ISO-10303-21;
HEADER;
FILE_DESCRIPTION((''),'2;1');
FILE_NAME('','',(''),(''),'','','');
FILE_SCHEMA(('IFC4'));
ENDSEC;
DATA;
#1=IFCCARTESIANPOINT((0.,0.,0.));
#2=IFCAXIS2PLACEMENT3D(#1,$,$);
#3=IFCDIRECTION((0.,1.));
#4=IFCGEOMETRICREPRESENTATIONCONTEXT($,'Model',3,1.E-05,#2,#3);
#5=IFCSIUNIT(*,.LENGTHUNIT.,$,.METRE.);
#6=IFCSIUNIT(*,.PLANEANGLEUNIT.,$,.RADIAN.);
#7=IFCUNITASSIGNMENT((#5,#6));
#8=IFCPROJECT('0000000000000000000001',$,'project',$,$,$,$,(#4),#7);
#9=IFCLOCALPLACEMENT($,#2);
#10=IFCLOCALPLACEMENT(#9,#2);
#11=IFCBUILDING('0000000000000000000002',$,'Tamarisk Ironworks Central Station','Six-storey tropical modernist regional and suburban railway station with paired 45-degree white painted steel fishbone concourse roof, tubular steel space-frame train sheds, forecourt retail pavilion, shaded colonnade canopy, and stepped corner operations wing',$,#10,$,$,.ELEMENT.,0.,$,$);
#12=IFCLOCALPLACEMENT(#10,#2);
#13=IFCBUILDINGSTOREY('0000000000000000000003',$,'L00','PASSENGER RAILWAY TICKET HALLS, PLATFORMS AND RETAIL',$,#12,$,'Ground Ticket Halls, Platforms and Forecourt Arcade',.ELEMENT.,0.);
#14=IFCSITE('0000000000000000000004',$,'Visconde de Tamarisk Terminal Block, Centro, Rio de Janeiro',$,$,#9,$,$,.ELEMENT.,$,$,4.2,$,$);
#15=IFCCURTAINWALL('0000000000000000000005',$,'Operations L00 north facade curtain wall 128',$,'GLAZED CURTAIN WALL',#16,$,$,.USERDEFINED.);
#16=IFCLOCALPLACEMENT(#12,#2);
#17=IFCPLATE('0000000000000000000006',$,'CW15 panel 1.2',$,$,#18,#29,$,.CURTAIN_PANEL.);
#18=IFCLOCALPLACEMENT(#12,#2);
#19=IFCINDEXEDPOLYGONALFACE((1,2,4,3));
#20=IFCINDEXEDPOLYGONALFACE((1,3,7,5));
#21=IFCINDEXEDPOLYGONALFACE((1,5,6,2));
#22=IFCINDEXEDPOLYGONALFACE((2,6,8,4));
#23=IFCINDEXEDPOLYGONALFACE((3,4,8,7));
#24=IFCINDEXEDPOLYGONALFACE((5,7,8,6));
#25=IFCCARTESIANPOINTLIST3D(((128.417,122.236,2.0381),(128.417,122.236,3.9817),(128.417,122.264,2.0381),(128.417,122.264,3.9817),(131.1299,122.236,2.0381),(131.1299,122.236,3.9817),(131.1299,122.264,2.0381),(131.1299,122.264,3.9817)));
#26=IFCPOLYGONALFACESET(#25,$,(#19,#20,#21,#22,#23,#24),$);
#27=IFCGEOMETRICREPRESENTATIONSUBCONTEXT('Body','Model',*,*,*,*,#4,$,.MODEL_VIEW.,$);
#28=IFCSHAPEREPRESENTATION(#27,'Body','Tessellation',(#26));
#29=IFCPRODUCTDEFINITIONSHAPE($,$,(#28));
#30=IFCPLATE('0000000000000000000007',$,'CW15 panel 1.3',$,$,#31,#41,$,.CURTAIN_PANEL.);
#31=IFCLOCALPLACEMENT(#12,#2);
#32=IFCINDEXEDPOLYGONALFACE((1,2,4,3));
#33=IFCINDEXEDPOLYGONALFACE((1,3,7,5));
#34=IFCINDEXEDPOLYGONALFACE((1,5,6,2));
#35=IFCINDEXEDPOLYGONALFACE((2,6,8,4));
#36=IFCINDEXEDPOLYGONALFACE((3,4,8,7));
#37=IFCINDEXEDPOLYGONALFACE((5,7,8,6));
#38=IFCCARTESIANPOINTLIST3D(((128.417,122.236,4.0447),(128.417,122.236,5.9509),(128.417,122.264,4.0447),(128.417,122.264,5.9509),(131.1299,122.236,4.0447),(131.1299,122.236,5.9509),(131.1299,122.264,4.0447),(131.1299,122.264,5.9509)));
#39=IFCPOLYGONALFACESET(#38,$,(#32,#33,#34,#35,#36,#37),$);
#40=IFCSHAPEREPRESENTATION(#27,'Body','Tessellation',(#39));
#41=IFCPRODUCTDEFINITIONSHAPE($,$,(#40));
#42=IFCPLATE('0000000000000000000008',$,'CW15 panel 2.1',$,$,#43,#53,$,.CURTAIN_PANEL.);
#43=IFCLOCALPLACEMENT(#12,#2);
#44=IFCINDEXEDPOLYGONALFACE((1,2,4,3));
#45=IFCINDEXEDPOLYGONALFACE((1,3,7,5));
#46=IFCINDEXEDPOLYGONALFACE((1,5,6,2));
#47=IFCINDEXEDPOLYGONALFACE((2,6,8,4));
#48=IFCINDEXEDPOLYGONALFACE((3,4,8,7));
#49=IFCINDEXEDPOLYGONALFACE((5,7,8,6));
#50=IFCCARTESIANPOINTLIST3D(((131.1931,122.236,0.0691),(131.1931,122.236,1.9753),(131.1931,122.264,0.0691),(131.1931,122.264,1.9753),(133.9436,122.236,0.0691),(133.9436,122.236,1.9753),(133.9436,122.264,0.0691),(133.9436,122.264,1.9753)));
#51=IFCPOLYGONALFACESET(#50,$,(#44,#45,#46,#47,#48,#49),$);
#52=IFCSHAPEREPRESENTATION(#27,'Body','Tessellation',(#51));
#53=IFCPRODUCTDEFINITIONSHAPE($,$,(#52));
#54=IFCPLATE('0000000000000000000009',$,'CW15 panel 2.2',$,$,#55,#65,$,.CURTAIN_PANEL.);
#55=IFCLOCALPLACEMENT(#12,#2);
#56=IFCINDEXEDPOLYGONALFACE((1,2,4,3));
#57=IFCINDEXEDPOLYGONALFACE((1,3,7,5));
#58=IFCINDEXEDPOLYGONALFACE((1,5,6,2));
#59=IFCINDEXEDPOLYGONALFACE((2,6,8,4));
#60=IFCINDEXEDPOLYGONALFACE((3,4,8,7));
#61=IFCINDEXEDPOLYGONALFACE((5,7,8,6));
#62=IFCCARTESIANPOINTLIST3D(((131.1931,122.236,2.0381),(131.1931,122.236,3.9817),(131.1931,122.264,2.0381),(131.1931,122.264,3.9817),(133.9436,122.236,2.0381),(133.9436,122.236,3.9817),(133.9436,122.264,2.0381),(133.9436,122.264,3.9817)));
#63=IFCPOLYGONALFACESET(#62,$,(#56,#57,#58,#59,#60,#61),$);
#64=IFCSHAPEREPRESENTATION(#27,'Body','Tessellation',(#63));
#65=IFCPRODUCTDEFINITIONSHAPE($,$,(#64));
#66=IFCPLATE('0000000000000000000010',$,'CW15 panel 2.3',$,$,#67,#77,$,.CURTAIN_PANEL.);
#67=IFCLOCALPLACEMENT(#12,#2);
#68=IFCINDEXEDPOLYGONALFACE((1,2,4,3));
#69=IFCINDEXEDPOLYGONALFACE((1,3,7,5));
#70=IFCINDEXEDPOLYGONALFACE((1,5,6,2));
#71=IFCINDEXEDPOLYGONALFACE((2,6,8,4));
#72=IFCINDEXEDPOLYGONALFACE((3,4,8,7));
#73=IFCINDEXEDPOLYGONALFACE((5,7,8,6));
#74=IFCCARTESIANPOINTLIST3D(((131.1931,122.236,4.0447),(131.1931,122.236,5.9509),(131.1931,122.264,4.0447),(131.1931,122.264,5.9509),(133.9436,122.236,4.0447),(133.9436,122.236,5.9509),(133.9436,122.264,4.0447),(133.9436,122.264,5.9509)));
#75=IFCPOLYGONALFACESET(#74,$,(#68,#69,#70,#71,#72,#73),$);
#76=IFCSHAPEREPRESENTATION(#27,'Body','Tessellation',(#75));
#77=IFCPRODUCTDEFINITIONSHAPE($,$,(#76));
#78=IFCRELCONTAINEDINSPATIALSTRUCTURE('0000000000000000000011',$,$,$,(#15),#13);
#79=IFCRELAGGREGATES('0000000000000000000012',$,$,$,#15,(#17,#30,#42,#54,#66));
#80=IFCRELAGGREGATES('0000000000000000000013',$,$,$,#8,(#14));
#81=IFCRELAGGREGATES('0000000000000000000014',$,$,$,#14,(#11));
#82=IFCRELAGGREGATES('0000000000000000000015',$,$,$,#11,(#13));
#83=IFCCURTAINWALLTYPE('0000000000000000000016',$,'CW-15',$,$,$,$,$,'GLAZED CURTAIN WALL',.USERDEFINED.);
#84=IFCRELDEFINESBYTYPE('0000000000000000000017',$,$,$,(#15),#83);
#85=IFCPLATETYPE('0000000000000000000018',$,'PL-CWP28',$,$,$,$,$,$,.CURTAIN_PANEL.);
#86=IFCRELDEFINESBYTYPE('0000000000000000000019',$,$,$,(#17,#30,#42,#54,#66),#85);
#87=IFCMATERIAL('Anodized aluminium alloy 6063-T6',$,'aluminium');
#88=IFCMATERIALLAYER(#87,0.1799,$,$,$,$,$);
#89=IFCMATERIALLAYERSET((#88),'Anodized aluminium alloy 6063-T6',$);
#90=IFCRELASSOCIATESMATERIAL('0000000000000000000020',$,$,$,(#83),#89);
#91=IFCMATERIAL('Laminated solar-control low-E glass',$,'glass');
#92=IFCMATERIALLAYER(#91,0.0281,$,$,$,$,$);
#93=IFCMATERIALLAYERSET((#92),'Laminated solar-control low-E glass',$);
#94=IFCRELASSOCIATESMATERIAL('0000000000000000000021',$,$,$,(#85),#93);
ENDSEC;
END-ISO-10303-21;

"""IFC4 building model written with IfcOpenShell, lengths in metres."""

from ifc_helpers import new_model, si_unit, direction, frame, origin, origin_2d, place, context, subcontext, project, spatial, rectangle, extrude, material, layer, layer_set, type_object, element, aggregate, save


model = new_model("IFC4")

# Units and contexts
model_context = context("Model", 3, precision=1e-05, world=origin(), true_north=direction((0.0, 1.0)))
body_context = subcontext(model_context, "Body", "Model", "MODEL_VIEW")
ifc_project = project(units=[si_unit("LENGTHUNIT", "METRE"), si_unit("PLANEANGLEUNIT", "RADIAN")], contexts=[model_context])

# Site, building, storey
site_placement = place(None, origin())
site = spatial("IfcSite", under=ifc_project, at=site_placement, Name="Visconde de Tamarisk Terminal Block, Centro, Rio de Janeiro", CompositionType="ELEMENT", RefElevation=4.2)
building_placement = place(site_placement, origin())
building = spatial("IfcBuilding", under=site, at=building_placement, Name="Tamarisk Ironworks Central Station", Description="Six-storey tropical modernist regional and suburban railway station with paired 45-degree white painted steel fishbone concourse roof, tubular steel space-frame train sheds, forecourt retail pavilion, shaded colonnade canopy, and stepped corner operations wing", CompositionType="ELEMENT", ElevationOfRefHeight=0.0)
storey_placement = place(building_placement, origin())
storey = spatial("IfcBuildingStorey", under=building, at=storey_placement, Name="L00", Description="PASSENGER RAILWAY TICKET HALLS, PLATFORMS AND RETAIL", LongName="Ground Ticket Halls, Platforms and Forecourt Arcade", CompositionType="ELEMENT", Elevation=0.0)

# Curtain wall, plates
ifc_material_1 = material(Name="Anodized aluminium alloy 6063-T6", Category="aluminium")
ifc_layer_1 = layer(ifc_material_1, 0.1799)
ifc_layer_set_1 = layer_set([ifc_layer_1], Name="Anodized aluminium alloy 6063-T6")
curtain_wall_type = type_object("IfcCurtainWallType", Name="CW-15", ElementType="GLAZED CURTAIN WALL", PredefinedType="USERDEFINED", material=ifc_layer_set_1)
curtain_wall_placement = place(storey_placement, origin())
curtain_wall = element("IfcCurtainWall", 1, at=curtain_wall_placement, inside=storey, type_object=curtain_wall_type, Name="Operations L00 north facade curtain wall 128", ObjectType="GLAZED CURTAIN WALL", PredefinedType="USERDEFINED")
ifc_material_2 = material(Name="Laminated solar-control low-E glass", Category="glass")
ifc_layer_2 = layer(ifc_material_2, 0.0281)
ifc_layer_set_2 = layer_set([ifc_layer_2], Name="Laminated solar-control low-E glass")
plate_type = type_object("IfcPlateType", Name="PL-CWP28", PredefinedType="CURTAIN_PANEL", material=ifc_layer_set_2)
plate_1_placement = place(storey_placement, frame((129.7734, 122.25, 2.0381), z_axis=(0.0, 0.0, 1.0), x_axis=(1.0, 0.0, 0.0)))
plate_1 = element("IfcPlate", 2, at=plate_1_placement, type_object=plate_type, Name="CW15 panel 1.2", PredefinedType="CURTAIN_PANEL", context=body_context, shape_type="SweptSolid", body=[
    extrude(rectangle(XDim=2.7129, YDim=0.0281, at=origin_2d()), origin(), (0.0, 0.0, 1.0), 1.9436),
])
plate_2_placement = place(storey_placement, frame((129.7734, 122.25, 4.0447), z_axis=(0.0, 0.0, 1.0), x_axis=(1.0, 0.0, 0.0)))
plate_2 = element("IfcPlate", 3, at=plate_2_placement, type_object=plate_type, Name="CW15 panel 1.3", PredefinedType="CURTAIN_PANEL", context=body_context, shape_type="SweptSolid", body=[
    extrude(rectangle(XDim=2.7129, YDim=0.0281, at=origin_2d()), origin(), (0.0, 0.0, 1.0), 1.9062),
])
plate_3_placement = place(storey_placement, frame((132.5684, 122.25, 0.0691), z_axis=(0.0, 0.0, 1.0), x_axis=(1.0, 0.0, 0.0)))
plate_3 = element("IfcPlate", 4, at=plate_3_placement, type_object=plate_type, Name="CW15 panel 2.1", PredefinedType="CURTAIN_PANEL", context=body_context, shape_type="SweptSolid", body=[
    extrude(rectangle(XDim=2.7505, YDim=0.0281, at=origin_2d()), origin(), (0.0, 0.0, 1.0), 1.9062),
])
plate_4_placement = place(storey_placement, frame((132.5684, 122.25, 2.0381), z_axis=(0.0, 0.0, 1.0), x_axis=(1.0, 0.0, 0.0)))
plate_4 = element("IfcPlate", 5, at=plate_4_placement, type_object=plate_type, Name="CW15 panel 2.2", PredefinedType="CURTAIN_PANEL", context=body_context, shape_type="SweptSolid", body=[
    extrude(rectangle(XDim=2.7505, YDim=0.0281, at=origin_2d()), origin(), (0.0, 0.0, 1.0), 1.9436),
])
plate_5_placement = place(storey_placement, frame((132.5684, 122.25, 4.0447), z_axis=(0.0, 0.0, 1.0), x_axis=(1.0, 0.0, 0.0)))
plate_5 = element("IfcPlate", 6, at=plate_5_placement, type_object=plate_type, Name="CW15 panel 2.3", PredefinedType="CURTAIN_PANEL", context=body_context, shape_type="SweptSolid", body=[
    extrude(rectangle(XDim=2.7505, YDim=0.0281, at=origin_2d()), origin(), (0.0, 0.0, 1.0), 1.9062),
])
aggregate(curtain_wall, [plate_1, plate_2, plate_3, plate_4, plate_5])

save(model, "model.ifc")
